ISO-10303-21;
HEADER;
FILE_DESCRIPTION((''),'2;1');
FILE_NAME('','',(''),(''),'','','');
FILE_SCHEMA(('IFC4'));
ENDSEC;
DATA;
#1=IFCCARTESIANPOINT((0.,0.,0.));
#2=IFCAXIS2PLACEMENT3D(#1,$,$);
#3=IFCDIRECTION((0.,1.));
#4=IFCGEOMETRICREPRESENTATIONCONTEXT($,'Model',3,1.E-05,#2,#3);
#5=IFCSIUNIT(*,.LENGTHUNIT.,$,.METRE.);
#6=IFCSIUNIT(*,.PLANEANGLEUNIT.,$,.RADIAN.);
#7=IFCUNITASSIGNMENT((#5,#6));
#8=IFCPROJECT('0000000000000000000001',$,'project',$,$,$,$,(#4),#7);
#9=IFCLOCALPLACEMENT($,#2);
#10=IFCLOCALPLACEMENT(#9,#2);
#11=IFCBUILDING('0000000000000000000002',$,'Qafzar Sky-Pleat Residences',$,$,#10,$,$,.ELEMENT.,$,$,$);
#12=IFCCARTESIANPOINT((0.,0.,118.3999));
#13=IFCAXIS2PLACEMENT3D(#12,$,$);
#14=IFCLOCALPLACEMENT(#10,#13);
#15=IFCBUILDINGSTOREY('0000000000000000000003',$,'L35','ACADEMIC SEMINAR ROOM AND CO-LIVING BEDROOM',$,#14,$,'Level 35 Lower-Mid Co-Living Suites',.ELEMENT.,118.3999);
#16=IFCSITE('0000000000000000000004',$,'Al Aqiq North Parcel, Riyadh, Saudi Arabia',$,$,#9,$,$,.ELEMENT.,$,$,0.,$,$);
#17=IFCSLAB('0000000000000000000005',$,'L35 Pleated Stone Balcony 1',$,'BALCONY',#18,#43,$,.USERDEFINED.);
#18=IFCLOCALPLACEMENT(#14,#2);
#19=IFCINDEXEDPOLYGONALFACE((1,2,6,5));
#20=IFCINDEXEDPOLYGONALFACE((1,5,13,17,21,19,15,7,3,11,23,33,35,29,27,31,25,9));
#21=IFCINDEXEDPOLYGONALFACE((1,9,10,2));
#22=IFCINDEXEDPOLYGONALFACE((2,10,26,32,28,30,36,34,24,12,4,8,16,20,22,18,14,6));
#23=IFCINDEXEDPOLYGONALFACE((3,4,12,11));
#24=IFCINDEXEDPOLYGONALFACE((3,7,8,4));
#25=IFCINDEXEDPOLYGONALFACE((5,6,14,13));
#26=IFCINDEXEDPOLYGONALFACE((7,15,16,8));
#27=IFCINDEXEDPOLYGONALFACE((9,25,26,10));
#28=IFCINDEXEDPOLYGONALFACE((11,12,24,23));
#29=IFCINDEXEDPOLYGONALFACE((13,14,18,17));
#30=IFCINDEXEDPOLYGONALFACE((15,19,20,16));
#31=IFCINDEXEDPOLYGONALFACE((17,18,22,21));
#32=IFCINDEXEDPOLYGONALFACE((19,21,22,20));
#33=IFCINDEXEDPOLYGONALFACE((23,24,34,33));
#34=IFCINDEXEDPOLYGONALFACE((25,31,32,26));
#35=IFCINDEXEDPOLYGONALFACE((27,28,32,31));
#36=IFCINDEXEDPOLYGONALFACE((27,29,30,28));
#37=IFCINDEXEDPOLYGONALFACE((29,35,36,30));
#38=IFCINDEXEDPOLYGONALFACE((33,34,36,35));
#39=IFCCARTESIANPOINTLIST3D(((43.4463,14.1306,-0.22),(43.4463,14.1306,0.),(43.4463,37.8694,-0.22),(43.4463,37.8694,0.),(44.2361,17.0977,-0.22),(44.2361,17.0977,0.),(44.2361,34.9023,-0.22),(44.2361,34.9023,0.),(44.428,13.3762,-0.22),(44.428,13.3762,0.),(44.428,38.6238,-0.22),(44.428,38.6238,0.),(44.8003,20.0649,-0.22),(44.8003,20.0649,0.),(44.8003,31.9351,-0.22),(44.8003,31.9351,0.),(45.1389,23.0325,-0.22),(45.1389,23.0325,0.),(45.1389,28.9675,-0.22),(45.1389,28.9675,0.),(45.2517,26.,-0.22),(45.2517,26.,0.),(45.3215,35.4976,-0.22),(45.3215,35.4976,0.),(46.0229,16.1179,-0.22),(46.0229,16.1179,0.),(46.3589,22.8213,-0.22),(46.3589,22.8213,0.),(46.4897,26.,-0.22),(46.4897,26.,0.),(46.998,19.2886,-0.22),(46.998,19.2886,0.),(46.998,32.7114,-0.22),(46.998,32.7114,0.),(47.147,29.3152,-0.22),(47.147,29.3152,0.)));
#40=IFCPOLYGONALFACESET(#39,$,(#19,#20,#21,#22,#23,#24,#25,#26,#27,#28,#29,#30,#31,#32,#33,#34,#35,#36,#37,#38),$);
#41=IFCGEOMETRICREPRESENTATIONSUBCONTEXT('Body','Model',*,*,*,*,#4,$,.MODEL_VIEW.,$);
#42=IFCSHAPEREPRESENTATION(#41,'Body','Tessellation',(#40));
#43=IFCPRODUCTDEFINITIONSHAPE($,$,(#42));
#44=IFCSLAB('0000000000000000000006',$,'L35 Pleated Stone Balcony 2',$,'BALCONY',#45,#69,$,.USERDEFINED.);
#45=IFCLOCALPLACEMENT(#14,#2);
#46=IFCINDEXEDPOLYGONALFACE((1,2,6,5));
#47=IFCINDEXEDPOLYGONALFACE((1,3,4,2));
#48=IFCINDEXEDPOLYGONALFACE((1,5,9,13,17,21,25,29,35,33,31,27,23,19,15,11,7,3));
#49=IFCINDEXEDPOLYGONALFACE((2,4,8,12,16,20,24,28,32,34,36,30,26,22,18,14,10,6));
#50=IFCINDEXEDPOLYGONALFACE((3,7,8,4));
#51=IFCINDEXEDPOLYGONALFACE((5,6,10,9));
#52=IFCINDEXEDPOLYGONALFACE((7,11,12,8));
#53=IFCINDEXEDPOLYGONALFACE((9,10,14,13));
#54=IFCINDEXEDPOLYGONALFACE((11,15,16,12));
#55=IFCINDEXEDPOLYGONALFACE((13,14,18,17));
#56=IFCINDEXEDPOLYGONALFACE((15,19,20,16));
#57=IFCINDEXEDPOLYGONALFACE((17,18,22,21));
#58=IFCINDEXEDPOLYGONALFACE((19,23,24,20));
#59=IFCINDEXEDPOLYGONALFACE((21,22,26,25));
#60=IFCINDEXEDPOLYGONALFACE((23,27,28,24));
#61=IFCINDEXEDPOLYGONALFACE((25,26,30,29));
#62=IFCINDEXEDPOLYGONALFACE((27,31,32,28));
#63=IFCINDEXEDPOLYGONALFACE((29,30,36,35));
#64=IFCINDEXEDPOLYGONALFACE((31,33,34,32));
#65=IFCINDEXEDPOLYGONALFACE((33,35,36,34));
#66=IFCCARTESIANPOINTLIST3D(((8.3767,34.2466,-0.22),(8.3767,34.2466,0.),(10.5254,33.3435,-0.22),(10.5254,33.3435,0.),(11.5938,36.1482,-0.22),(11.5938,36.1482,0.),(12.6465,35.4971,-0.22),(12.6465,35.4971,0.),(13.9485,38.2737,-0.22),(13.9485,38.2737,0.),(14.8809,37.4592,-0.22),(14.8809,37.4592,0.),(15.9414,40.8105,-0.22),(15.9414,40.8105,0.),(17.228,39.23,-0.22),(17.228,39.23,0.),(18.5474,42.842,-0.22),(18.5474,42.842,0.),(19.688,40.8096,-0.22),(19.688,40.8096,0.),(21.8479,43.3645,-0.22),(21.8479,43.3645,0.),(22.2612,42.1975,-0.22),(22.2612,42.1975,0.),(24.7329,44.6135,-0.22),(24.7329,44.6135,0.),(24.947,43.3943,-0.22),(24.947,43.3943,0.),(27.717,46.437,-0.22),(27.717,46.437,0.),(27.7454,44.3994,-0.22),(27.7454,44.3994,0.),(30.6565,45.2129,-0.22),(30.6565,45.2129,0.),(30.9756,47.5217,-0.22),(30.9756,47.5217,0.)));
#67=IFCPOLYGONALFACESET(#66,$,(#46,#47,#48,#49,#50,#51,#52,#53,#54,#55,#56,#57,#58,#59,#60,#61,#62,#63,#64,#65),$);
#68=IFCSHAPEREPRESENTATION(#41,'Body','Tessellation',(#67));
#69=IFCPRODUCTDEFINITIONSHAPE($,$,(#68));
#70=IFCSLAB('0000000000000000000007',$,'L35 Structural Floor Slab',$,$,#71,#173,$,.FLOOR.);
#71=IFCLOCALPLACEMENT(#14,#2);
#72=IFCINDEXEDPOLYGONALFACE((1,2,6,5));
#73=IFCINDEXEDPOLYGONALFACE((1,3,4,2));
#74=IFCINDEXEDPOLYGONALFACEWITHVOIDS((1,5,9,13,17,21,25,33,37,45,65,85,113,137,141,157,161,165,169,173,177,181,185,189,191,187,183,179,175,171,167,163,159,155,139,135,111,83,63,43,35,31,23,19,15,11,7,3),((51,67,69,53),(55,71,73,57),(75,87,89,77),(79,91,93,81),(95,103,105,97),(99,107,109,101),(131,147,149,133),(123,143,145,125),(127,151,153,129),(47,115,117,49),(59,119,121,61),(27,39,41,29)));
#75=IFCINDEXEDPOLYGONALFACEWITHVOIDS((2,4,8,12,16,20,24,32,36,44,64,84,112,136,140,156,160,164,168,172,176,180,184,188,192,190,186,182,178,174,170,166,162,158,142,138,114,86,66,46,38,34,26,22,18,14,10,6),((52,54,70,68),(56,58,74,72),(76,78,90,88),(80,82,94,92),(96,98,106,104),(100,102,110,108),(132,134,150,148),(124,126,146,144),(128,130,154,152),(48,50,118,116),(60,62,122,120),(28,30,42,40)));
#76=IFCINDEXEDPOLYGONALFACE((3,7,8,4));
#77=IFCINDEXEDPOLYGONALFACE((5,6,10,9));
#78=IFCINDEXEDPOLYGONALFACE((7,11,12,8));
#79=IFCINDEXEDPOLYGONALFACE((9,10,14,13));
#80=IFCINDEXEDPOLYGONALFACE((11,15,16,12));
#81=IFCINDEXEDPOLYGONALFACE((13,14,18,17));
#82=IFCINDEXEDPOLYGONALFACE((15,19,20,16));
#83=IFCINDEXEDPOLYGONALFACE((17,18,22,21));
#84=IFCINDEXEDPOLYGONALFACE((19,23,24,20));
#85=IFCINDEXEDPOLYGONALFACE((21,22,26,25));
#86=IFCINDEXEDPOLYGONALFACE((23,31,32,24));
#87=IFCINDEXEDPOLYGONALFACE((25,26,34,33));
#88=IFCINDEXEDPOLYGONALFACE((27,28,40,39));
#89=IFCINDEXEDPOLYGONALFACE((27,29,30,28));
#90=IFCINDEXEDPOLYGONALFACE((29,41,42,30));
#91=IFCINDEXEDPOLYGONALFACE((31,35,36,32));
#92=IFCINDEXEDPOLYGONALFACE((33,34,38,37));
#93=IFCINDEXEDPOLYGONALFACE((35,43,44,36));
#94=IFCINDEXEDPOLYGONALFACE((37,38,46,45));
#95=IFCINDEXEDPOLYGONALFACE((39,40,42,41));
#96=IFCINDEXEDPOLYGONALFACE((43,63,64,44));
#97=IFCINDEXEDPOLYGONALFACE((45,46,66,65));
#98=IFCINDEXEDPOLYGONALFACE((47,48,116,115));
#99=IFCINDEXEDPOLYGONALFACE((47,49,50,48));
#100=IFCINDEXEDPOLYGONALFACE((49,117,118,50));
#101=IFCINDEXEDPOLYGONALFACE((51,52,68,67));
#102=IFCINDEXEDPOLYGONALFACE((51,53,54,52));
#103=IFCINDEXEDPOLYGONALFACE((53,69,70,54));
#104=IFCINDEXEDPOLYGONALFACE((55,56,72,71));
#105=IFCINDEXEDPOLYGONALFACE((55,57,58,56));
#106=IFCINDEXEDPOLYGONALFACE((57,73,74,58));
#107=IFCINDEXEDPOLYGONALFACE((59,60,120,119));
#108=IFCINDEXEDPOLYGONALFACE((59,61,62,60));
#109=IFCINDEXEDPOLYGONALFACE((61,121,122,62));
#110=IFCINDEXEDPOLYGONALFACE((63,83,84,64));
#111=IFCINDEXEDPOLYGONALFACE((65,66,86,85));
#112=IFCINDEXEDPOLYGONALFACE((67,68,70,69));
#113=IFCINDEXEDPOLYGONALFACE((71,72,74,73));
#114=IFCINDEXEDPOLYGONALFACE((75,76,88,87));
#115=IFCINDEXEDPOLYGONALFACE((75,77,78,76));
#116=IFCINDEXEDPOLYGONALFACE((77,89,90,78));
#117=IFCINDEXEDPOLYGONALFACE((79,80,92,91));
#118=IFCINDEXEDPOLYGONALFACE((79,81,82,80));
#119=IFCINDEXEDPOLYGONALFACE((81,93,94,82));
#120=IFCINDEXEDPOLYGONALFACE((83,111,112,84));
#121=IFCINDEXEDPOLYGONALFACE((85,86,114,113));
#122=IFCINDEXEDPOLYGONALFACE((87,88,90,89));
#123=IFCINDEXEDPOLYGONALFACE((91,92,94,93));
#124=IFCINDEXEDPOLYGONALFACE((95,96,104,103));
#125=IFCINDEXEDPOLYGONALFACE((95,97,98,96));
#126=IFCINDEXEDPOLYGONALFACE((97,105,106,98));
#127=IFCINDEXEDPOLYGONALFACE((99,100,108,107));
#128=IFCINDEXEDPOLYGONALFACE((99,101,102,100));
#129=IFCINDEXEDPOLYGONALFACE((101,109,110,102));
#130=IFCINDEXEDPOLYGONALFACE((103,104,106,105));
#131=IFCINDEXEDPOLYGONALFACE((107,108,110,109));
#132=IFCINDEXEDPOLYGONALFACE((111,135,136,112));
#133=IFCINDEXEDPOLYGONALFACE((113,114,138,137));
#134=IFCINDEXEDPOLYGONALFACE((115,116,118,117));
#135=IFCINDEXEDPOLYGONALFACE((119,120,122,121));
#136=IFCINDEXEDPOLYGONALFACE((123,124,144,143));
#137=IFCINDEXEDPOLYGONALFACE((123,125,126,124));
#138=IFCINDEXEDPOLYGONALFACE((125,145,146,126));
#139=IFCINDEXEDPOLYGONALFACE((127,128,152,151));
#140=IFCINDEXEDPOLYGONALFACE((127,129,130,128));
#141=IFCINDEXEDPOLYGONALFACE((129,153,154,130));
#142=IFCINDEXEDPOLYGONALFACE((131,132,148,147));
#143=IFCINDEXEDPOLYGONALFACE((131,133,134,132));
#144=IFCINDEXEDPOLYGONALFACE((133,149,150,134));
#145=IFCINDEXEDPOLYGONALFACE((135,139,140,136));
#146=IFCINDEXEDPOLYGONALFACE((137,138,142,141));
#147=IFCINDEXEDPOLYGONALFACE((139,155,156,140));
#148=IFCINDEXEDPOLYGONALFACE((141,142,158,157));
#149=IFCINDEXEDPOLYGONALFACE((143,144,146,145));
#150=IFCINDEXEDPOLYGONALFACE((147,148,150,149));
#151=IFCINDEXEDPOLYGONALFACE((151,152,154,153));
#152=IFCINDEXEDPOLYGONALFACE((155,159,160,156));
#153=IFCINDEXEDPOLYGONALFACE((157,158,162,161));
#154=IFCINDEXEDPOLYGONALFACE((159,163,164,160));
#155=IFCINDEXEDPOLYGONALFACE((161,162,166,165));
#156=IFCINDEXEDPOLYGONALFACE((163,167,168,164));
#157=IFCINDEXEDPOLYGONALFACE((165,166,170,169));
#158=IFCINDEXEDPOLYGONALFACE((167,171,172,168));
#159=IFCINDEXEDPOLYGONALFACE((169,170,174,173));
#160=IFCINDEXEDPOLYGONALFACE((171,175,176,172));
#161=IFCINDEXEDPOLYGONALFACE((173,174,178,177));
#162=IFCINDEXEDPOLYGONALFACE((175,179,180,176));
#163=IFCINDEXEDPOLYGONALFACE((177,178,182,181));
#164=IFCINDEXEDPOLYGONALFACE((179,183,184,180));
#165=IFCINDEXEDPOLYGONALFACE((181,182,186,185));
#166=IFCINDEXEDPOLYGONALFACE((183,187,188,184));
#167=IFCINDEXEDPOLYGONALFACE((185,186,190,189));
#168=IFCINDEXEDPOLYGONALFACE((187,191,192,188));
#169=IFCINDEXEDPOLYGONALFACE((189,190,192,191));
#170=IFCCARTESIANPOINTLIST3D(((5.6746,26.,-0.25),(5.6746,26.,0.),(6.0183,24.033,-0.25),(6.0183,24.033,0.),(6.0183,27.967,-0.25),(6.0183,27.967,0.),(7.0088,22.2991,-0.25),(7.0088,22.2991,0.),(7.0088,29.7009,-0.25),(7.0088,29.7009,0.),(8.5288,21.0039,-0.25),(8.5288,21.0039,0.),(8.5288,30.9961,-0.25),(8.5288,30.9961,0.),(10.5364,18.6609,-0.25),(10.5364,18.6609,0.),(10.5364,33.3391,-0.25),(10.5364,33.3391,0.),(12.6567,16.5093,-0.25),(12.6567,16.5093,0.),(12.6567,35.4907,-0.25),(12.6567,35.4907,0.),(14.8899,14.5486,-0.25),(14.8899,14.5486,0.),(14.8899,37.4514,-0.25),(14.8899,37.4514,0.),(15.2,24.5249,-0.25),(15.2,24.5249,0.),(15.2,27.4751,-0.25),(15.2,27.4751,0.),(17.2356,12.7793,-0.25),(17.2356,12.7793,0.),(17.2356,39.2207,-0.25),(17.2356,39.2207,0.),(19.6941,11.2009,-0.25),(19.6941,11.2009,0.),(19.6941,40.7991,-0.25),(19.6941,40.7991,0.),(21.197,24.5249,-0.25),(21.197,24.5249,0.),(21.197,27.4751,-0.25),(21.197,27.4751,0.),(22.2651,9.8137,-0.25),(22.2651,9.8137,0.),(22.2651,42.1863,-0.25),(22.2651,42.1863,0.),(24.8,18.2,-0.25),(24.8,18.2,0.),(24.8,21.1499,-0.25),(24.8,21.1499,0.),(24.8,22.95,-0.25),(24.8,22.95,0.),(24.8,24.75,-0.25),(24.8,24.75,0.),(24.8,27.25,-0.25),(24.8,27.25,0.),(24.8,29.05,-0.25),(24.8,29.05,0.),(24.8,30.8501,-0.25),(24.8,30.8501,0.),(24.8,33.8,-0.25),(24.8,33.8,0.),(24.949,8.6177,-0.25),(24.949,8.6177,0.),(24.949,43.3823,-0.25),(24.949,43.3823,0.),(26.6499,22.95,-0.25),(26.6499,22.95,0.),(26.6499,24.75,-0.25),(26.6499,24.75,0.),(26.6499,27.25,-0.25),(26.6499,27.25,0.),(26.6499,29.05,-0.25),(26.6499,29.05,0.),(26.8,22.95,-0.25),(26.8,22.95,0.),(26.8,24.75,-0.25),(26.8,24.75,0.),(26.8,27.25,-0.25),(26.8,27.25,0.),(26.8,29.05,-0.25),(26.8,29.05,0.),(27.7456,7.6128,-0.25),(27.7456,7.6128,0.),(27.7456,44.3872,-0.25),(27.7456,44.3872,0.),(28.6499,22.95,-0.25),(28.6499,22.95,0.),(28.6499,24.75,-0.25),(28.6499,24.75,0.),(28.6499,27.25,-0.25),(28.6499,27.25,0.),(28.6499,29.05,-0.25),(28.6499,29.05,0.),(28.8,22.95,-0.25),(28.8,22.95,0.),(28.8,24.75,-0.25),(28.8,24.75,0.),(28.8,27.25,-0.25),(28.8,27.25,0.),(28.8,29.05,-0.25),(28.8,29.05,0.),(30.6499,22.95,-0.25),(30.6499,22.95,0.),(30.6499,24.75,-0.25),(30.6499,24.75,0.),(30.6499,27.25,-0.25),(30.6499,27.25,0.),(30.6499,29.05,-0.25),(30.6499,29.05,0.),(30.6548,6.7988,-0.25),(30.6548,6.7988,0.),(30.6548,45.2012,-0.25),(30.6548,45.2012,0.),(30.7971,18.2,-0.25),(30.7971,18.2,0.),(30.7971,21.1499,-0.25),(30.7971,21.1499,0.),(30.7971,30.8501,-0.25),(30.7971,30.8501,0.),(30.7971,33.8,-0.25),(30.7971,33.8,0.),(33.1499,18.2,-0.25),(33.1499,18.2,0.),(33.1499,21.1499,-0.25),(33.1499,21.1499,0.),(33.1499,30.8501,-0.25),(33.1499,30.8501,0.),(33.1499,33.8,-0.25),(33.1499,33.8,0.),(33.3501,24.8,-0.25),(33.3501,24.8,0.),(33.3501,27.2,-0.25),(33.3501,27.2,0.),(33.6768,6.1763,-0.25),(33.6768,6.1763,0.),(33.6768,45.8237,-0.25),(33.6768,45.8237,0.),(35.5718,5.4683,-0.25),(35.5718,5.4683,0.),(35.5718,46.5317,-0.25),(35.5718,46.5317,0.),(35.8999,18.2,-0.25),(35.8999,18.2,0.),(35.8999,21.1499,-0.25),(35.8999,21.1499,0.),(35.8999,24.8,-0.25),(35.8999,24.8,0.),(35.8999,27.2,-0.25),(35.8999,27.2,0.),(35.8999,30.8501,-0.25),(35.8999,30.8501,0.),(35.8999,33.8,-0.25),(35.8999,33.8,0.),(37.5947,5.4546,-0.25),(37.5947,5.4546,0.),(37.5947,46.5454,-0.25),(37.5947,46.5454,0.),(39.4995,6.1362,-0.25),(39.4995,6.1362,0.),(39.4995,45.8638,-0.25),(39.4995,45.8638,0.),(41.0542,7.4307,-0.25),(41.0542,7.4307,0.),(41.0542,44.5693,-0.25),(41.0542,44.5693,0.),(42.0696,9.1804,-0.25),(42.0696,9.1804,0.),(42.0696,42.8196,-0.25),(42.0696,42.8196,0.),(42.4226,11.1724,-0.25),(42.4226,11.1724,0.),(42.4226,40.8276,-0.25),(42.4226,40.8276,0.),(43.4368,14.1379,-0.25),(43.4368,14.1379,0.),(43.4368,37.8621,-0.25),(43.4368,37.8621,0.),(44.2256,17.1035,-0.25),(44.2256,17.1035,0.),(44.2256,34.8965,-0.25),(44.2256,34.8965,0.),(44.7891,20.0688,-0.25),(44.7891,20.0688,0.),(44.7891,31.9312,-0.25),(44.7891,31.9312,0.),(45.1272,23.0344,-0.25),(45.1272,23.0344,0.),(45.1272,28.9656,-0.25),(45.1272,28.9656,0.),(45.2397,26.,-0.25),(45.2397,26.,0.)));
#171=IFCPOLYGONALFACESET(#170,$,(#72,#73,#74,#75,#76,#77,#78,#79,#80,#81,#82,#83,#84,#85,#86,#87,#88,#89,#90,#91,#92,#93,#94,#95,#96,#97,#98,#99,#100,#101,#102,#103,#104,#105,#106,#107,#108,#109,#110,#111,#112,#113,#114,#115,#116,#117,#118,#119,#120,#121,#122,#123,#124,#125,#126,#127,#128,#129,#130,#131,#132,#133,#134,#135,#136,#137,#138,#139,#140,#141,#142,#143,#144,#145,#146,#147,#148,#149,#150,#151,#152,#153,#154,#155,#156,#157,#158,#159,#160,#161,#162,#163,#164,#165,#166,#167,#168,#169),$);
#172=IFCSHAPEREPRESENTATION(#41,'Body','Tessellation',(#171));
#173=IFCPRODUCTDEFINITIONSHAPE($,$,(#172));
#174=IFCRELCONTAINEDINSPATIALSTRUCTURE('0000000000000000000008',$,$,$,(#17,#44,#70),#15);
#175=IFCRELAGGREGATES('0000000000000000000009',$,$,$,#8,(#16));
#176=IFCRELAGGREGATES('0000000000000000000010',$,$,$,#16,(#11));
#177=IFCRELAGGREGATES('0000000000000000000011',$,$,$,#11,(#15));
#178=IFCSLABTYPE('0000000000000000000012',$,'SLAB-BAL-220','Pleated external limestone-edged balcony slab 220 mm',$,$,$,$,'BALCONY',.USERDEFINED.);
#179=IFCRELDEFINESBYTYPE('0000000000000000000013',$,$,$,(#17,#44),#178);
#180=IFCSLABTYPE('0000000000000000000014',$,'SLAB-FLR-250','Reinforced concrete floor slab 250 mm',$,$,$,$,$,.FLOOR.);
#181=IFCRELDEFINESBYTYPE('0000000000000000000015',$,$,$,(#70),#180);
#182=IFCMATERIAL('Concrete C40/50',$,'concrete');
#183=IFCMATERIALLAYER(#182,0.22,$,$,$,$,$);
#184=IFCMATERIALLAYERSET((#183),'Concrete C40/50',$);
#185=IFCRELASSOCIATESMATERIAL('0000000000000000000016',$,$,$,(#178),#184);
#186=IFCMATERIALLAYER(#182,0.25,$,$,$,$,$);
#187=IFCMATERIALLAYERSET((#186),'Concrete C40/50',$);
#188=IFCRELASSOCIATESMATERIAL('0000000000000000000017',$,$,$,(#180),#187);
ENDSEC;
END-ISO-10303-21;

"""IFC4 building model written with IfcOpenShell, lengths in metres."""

from ifc_helpers import new_model, si_unit, direction, frame, origin, place, context, subcontext, project, spatial, polyline, outline, extrude, material, layer, layer_set, type_object, element, save


model = new_model("IFC4")

# Units and contexts
model_context = context("Model", 3, precision=1e-05, world=origin(), true_north=direction((0.0, 1.0)))
body_context = subcontext(model_context, "Body", "Model", "MODEL_VIEW")
ifc_project = project(units=[si_unit("LENGTHUNIT", "METRE"), si_unit("PLANEANGLEUNIT", "RADIAN")], contexts=[model_context])

# Site, building, storey
site_placement = place(None, origin())
site = spatial("IfcSite", under=ifc_project, at=site_placement, Name="Al Aqiq North Parcel, Riyadh, Saudi Arabia", CompositionType="ELEMENT", RefElevation=0.0)
building_placement = place(site_placement, origin())
building = spatial("IfcBuilding", under=site, at=building_placement, Name="Qafzar Sky-Pleat Residences", CompositionType="ELEMENT")
storey_placement = place(building_placement, frame((0.0, 0.0, 118.3999)))
storey = spatial("IfcBuildingStorey", under=building, at=storey_placement, Name="L35", Description="ACADEMIC SEMINAR ROOM AND CO-LIVING BEDROOM", LongName="Level 35 Lower-Mid Co-Living Suites", CompositionType="ELEMENT", Elevation=118.3999)

# Slabs
ifc_material_1 = material(Name="Concrete C40/50", Category="concrete")
ifc_layer_1 = layer(ifc_material_1, 0.22)
ifc_layer_set_1 = layer_set([ifc_layer_1], Name="Concrete C40/50")
slab_type_1 = type_object("IfcSlabType", Name="SLAB-BAL-220", Description="Pleated external limestone-edged balcony slab 220 mm", ElementType="BALCONY", PredefinedType="USERDEFINED", material=ifc_layer_set_1)
slab_1_placement = place(storey_placement, frame((0.0, 0.0, -0.22)))
element("IfcSlab", 1, at=slab_1_placement, inside=storey, type_object=slab_type_1, Name="L35 Pleated Stone Balcony 1", ObjectType="BALCONY", PredefinedType="USERDEFINED", context=body_context, shape_type="SweptSolid", body=[
    extrude(outline(polyline([(44.2361, 17.0977), (44.8003, 20.0649), (45.1389, 23.0325), (45.2517, 26.0), (45.1389, 28.9675), (44.8003, 31.9351), (44.2361, 34.9023), (43.4463, 37.8694), (44.428, 38.6238), (45.3215, 35.4976), (46.998, 32.7114), (47.147, 29.3152), (46.4897, 26.0), (46.3589, 22.8213), (46.998, 19.2886), (46.0229, 16.1179), (44.428, 13.3762), (43.4463, 14.1306), (44.2361, 17.0977)])), origin(), (0.0, 0.0, 1.0), 0.22),
])
slab_2_placement = place(storey_placement, frame((0.0, 0.0, -0.22)))
element("IfcSlab", 2, at=slab_2_placement, inside=storey, type_object=slab_type_1, Name="L35 Pleated Stone Balcony 2", ObjectType="BALCONY", PredefinedType="USERDEFINED", context=body_context, shape_type="SweptSolid", body=[
    extrude(outline(polyline([(27.7454, 44.3994), (24.947, 43.3943), (22.2612, 42.1975), (19.688, 40.8096), (17.228, 39.23), (14.8809, 37.4592), (12.6465, 35.4971), (10.5254, 33.3435), (8.3767, 34.2466), (11.5938, 36.1482), (13.9485, 38.2737), (15.9414, 40.8105), (18.5474, 42.842), (21.8479, 43.3645), (24.7329, 44.6135), (27.717, 46.437), (30.9756, 47.5217), (30.6565, 45.2129), (27.7454, 44.3994)])), origin(), (0.0, 0.0, 1.0), 0.22),
])
ifc_layer_2 = layer(ifc_material_1, 0.25)
ifc_layer_set_2 = layer_set([ifc_layer_2], Name="Concrete C40/50")
slab_type_2 = type_object("IfcSlabType", Name="SLAB-FLR-250", Description="Reinforced concrete floor slab 250 mm", PredefinedType="FLOOR", material=ifc_layer_set_2)
slab_3_placement = place(storey_placement, frame((0.0, 0.0, -0.25)))
element("IfcSlab", 3, at=slab_3_placement, inside=storey, type_object=slab_type_2, Name="L35 Structural Floor Slab", PredefinedType="FLOOR", context=body_context, shape_type="SweptSolid", body=[
    extrude(outline(polyline([(8.5288, 30.9961), (7.0088, 29.7009), (6.0183, 27.967), (5.6746, 26.0), (6.0183, 24.033), (7.0088, 22.2991), (8.5288, 21.0039), (10.5364, 18.6609), (12.6567, 16.5093), (14.8899, 14.5486), (17.2356, 12.7793), (19.6941, 11.2009), (22.2651, 9.8137), (24.949, 8.6177), (27.7456, 7.6128), (30.6548, 6.7988), (33.6768, 6.1763), (35.5718, 5.4683), (37.5947, 5.4546), (39.4995, 6.1362), (41.0542, 7.4307), (42.0696, 9.1804), (42.4226, 11.1724), (43.4368, 14.1379), (44.2256, 17.1035), (44.7891, 20.0688), (45.1272, 23.0344), (45.2397, 26.0), (45.1272, 28.9656), (44.7891, 31.9312), (44.2256, 34.8965), (43.4368, 37.8621), (42.4226, 40.8276), (42.0696, 42.8196), (41.0542, 44.5693), (39.4995, 45.8638), (37.5947, 46.5454), (35.5718, 46.5317), (33.6768, 45.8237), (30.6548, 45.2012), (27.7456, 44.3872), (24.949, 43.3823), (22.2651, 42.1863), (19.6941, 40.7991), (17.2356, 39.2207), (14.8899, 37.4514), (12.6567, 35.4907), (10.5364, 33.3391), (8.5288, 30.9961)]), holes=[polyline([(30.7971, 21.1499), (24.8, 21.1499), (24.8, 18.2), (30.7971, 18.2), (30.7971, 21.1499)]), polyline([(30.7971, 33.8), (24.8, 33.8), (24.8, 30.8501), (30.7971, 30.8501), (30.7971, 33.8)]), polyline([(21.197, 27.4751), (15.2, 27.4751), (15.2, 24.5249), (21.197, 24.5249), (21.197, 27.4751)]), polyline([(24.8, 22.95), (26.6499, 22.95), (26.6499, 24.75), (24.8, 24.75), (24.8, 22.95)]), polyline([(26.8, 22.95), (28.6499, 22.95), (28.6499, 24.75), (26.8, 24.75), (26.8, 22.95)]), polyline([(28.8, 22.95), (30.6499, 22.95), (30.6499, 24.75), (28.8, 24.75), (28.8, 22.95)]), polyline([(24.8, 27.25), (26.6499, 27.25), (26.6499, 29.05), (24.8, 29.05), (24.8, 27.25)]), polyline([(26.8, 27.25), (28.6499, 27.25), (28.6499, 29.05), (26.8, 29.05), (26.8, 27.25)]), polyline([(28.8, 27.25), (30.6499, 27.25), (30.6499, 29.05), (28.8, 29.05), (28.8, 27.25)]), polyline([(33.1499, 18.2), (35.8999, 18.2), (35.8999, 21.1499), (33.1499, 21.1499), (33.1499, 18.2)]), polyline([(33.1499, 30.8501), (35.8999, 30.8501), (35.8999, 33.8), (33.1499, 33.8), (33.1499, 30.8501)]), polyline([(33.3501, 24.8), (35.8999, 24.8), (35.8999, 27.2), (33.3501, 27.2), (33.3501, 24.8)])]), origin(), (0.0, 0.0, 1.0), 0.25),
])

save(model, "model.ifc")
